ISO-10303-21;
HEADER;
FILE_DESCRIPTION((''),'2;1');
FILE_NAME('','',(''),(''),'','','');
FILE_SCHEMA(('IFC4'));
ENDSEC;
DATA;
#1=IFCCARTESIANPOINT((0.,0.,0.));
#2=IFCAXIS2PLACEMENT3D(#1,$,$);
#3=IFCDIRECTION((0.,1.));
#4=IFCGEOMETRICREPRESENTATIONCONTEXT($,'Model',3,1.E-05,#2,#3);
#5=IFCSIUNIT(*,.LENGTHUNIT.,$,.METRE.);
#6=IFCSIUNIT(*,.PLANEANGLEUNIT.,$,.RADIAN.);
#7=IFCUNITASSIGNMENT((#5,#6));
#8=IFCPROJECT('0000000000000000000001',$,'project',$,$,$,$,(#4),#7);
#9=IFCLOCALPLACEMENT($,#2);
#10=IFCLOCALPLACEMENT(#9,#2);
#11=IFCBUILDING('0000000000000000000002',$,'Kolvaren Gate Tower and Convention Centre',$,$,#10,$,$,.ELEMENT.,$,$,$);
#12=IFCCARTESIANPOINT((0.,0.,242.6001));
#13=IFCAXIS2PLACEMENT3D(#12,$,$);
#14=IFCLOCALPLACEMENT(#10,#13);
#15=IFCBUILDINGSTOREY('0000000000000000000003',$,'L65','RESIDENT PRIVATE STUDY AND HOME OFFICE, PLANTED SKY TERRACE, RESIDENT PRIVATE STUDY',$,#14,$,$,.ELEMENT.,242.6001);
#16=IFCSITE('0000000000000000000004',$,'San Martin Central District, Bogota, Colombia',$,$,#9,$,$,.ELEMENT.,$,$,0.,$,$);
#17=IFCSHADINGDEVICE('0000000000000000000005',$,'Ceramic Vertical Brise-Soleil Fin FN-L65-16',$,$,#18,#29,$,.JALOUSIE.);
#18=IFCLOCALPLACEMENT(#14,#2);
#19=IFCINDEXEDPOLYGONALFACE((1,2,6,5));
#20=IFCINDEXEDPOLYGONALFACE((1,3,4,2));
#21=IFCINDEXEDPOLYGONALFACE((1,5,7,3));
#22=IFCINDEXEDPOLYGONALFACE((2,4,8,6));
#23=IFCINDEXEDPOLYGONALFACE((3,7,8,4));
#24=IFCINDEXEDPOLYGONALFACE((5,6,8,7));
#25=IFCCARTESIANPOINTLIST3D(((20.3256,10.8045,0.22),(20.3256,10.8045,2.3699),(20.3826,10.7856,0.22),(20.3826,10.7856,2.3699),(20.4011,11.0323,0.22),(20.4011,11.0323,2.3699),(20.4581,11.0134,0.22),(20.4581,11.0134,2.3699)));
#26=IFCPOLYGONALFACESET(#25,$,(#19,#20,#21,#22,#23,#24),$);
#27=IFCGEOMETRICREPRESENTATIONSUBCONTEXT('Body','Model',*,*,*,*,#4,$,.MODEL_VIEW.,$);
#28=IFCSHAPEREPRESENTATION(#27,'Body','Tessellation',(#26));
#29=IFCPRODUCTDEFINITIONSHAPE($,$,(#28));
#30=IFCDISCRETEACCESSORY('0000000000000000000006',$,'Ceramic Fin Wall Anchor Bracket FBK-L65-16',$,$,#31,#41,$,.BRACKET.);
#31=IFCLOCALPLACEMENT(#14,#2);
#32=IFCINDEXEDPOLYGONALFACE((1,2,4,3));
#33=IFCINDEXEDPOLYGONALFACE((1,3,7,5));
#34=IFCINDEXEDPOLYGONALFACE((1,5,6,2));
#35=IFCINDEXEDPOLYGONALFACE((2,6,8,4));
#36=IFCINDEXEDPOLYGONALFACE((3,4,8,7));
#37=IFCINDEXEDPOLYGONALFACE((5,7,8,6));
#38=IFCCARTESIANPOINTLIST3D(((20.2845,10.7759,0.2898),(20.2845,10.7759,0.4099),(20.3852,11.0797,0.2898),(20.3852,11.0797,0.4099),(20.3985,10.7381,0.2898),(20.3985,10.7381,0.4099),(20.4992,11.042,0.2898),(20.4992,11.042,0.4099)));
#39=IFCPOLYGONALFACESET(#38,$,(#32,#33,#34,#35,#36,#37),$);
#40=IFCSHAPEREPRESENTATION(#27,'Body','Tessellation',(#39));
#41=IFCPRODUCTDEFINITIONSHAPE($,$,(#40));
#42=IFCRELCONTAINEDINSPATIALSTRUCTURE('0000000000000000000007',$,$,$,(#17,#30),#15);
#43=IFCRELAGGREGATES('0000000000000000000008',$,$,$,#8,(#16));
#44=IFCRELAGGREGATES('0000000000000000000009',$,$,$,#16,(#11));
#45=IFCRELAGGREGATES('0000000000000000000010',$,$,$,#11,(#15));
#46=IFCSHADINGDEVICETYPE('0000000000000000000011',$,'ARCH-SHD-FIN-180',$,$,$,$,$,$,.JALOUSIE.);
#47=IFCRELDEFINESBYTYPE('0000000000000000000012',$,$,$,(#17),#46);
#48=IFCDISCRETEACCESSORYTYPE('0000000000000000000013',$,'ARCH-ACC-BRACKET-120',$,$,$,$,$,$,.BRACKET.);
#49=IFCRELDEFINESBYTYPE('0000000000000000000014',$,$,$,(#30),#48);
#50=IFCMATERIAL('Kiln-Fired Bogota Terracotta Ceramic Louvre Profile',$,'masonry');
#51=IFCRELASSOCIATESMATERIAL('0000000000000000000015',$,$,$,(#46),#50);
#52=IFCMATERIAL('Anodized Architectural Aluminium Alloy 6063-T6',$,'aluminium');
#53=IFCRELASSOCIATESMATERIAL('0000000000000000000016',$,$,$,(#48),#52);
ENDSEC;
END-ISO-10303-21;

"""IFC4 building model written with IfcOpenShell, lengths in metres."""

from ifc_helpers import new_model, si_unit, direction, frame, origin, origin_2d, place, context, subcontext, project, spatial, rectangle, extrude, material, type_object, element, save


model = new_model("IFC4")

# Units and contexts
model_context = context("Model", 3, precision=1e-05, world=origin(), true_north=direction((0.0, 1.0)))
body_context = subcontext(model_context, "Body", "Model", "MODEL_VIEW")
ifc_project = project(units=[si_unit("LENGTHUNIT", "METRE"), si_unit("PLANEANGLEUNIT", "RADIAN")], contexts=[model_context])

# Site, building, storey
site_placement = place(None, origin())
site = spatial("IfcSite", under=ifc_project, at=site_placement, Name="San Martin Central District, Bogota, Colombia", CompositionType="ELEMENT", RefElevation=0.0)
building_placement = place(site_placement, origin())
building = spatial("IfcBuilding", under=site, at=building_placement, Name="Kolvaren Gate Tower and Convention Centre", CompositionType="ELEMENT")
storey_placement = place(building_placement, frame((0.0, 0.0, 242.6001)))
storey = spatial("IfcBuildingStorey", under=building, at=storey_placement, Name="L65", Description="RESIDENT PRIVATE STUDY AND HOME OFFICE, PLANTED SKY TERRACE, RESIDENT PRIVATE STUDY", CompositionType="ELEMENT", Elevation=242.6001)

# Shading device
ifc_material_1 = material(Name="Kiln-Fired Bogota Terracotta Ceramic Louvre Profile", Category="masonry")
shading_device_type = type_object("IfcShadingDeviceType", Name="ARCH-SHD-FIN-180", PredefinedType="JALOUSIE", material=ifc_material_1)
shading_device_placement = place(storey_placement, frame((20.3918, 10.9089, 0.22), z_axis=(0.0, 0.0, 1.0), x_axis=(0.949242, -0.314548, 0.0)))
element("IfcShadingDevice", 1, at=shading_device_placement, inside=storey, type_object=shading_device_type, Name="Ceramic Vertical Brise-Soleil Fin FN-L65-16", PredefinedType="JALOUSIE", context=body_context, shape_type="SweptSolid", body=[
    extrude(rectangle(XDim=0.0601, YDim=0.24, at=origin_2d()), origin(), (0.0, 0.0, 1.0), 2.1499),
])

# Discrete accessory
ifc_material_2 = material(Name="Anodized Architectural Aluminium Alloy 6063-T6", Category="aluminium")
discrete_accessory_type = type_object("IfcDiscreteAccessoryType", Name="ARCH-ACC-BRACKET-120", PredefinedType="BRACKET", material=ifc_material_2)
discrete_accessory_placement = place(storey_placement, frame((20.3918, 10.9089, 0.2898), z_axis=(0.0, 0.0, 1.0), x_axis=(0.949242, -0.314548, 0.0)))
element("IfcDiscreteAccessory", 2, at=discrete_accessory_placement, inside=storey, type_object=discrete_accessory_type, Name="Ceramic Fin Wall Anchor Bracket FBK-L65-16", PredefinedType="BRACKET", context=body_context, shape_type="SweptSolid", body=[
    extrude(rectangle(XDim=0.1201, YDim=0.3201, at=origin_2d()), origin(), (0.0, 0.0, 1.0), 0.1201),
])

save(model, "model.ifc")
